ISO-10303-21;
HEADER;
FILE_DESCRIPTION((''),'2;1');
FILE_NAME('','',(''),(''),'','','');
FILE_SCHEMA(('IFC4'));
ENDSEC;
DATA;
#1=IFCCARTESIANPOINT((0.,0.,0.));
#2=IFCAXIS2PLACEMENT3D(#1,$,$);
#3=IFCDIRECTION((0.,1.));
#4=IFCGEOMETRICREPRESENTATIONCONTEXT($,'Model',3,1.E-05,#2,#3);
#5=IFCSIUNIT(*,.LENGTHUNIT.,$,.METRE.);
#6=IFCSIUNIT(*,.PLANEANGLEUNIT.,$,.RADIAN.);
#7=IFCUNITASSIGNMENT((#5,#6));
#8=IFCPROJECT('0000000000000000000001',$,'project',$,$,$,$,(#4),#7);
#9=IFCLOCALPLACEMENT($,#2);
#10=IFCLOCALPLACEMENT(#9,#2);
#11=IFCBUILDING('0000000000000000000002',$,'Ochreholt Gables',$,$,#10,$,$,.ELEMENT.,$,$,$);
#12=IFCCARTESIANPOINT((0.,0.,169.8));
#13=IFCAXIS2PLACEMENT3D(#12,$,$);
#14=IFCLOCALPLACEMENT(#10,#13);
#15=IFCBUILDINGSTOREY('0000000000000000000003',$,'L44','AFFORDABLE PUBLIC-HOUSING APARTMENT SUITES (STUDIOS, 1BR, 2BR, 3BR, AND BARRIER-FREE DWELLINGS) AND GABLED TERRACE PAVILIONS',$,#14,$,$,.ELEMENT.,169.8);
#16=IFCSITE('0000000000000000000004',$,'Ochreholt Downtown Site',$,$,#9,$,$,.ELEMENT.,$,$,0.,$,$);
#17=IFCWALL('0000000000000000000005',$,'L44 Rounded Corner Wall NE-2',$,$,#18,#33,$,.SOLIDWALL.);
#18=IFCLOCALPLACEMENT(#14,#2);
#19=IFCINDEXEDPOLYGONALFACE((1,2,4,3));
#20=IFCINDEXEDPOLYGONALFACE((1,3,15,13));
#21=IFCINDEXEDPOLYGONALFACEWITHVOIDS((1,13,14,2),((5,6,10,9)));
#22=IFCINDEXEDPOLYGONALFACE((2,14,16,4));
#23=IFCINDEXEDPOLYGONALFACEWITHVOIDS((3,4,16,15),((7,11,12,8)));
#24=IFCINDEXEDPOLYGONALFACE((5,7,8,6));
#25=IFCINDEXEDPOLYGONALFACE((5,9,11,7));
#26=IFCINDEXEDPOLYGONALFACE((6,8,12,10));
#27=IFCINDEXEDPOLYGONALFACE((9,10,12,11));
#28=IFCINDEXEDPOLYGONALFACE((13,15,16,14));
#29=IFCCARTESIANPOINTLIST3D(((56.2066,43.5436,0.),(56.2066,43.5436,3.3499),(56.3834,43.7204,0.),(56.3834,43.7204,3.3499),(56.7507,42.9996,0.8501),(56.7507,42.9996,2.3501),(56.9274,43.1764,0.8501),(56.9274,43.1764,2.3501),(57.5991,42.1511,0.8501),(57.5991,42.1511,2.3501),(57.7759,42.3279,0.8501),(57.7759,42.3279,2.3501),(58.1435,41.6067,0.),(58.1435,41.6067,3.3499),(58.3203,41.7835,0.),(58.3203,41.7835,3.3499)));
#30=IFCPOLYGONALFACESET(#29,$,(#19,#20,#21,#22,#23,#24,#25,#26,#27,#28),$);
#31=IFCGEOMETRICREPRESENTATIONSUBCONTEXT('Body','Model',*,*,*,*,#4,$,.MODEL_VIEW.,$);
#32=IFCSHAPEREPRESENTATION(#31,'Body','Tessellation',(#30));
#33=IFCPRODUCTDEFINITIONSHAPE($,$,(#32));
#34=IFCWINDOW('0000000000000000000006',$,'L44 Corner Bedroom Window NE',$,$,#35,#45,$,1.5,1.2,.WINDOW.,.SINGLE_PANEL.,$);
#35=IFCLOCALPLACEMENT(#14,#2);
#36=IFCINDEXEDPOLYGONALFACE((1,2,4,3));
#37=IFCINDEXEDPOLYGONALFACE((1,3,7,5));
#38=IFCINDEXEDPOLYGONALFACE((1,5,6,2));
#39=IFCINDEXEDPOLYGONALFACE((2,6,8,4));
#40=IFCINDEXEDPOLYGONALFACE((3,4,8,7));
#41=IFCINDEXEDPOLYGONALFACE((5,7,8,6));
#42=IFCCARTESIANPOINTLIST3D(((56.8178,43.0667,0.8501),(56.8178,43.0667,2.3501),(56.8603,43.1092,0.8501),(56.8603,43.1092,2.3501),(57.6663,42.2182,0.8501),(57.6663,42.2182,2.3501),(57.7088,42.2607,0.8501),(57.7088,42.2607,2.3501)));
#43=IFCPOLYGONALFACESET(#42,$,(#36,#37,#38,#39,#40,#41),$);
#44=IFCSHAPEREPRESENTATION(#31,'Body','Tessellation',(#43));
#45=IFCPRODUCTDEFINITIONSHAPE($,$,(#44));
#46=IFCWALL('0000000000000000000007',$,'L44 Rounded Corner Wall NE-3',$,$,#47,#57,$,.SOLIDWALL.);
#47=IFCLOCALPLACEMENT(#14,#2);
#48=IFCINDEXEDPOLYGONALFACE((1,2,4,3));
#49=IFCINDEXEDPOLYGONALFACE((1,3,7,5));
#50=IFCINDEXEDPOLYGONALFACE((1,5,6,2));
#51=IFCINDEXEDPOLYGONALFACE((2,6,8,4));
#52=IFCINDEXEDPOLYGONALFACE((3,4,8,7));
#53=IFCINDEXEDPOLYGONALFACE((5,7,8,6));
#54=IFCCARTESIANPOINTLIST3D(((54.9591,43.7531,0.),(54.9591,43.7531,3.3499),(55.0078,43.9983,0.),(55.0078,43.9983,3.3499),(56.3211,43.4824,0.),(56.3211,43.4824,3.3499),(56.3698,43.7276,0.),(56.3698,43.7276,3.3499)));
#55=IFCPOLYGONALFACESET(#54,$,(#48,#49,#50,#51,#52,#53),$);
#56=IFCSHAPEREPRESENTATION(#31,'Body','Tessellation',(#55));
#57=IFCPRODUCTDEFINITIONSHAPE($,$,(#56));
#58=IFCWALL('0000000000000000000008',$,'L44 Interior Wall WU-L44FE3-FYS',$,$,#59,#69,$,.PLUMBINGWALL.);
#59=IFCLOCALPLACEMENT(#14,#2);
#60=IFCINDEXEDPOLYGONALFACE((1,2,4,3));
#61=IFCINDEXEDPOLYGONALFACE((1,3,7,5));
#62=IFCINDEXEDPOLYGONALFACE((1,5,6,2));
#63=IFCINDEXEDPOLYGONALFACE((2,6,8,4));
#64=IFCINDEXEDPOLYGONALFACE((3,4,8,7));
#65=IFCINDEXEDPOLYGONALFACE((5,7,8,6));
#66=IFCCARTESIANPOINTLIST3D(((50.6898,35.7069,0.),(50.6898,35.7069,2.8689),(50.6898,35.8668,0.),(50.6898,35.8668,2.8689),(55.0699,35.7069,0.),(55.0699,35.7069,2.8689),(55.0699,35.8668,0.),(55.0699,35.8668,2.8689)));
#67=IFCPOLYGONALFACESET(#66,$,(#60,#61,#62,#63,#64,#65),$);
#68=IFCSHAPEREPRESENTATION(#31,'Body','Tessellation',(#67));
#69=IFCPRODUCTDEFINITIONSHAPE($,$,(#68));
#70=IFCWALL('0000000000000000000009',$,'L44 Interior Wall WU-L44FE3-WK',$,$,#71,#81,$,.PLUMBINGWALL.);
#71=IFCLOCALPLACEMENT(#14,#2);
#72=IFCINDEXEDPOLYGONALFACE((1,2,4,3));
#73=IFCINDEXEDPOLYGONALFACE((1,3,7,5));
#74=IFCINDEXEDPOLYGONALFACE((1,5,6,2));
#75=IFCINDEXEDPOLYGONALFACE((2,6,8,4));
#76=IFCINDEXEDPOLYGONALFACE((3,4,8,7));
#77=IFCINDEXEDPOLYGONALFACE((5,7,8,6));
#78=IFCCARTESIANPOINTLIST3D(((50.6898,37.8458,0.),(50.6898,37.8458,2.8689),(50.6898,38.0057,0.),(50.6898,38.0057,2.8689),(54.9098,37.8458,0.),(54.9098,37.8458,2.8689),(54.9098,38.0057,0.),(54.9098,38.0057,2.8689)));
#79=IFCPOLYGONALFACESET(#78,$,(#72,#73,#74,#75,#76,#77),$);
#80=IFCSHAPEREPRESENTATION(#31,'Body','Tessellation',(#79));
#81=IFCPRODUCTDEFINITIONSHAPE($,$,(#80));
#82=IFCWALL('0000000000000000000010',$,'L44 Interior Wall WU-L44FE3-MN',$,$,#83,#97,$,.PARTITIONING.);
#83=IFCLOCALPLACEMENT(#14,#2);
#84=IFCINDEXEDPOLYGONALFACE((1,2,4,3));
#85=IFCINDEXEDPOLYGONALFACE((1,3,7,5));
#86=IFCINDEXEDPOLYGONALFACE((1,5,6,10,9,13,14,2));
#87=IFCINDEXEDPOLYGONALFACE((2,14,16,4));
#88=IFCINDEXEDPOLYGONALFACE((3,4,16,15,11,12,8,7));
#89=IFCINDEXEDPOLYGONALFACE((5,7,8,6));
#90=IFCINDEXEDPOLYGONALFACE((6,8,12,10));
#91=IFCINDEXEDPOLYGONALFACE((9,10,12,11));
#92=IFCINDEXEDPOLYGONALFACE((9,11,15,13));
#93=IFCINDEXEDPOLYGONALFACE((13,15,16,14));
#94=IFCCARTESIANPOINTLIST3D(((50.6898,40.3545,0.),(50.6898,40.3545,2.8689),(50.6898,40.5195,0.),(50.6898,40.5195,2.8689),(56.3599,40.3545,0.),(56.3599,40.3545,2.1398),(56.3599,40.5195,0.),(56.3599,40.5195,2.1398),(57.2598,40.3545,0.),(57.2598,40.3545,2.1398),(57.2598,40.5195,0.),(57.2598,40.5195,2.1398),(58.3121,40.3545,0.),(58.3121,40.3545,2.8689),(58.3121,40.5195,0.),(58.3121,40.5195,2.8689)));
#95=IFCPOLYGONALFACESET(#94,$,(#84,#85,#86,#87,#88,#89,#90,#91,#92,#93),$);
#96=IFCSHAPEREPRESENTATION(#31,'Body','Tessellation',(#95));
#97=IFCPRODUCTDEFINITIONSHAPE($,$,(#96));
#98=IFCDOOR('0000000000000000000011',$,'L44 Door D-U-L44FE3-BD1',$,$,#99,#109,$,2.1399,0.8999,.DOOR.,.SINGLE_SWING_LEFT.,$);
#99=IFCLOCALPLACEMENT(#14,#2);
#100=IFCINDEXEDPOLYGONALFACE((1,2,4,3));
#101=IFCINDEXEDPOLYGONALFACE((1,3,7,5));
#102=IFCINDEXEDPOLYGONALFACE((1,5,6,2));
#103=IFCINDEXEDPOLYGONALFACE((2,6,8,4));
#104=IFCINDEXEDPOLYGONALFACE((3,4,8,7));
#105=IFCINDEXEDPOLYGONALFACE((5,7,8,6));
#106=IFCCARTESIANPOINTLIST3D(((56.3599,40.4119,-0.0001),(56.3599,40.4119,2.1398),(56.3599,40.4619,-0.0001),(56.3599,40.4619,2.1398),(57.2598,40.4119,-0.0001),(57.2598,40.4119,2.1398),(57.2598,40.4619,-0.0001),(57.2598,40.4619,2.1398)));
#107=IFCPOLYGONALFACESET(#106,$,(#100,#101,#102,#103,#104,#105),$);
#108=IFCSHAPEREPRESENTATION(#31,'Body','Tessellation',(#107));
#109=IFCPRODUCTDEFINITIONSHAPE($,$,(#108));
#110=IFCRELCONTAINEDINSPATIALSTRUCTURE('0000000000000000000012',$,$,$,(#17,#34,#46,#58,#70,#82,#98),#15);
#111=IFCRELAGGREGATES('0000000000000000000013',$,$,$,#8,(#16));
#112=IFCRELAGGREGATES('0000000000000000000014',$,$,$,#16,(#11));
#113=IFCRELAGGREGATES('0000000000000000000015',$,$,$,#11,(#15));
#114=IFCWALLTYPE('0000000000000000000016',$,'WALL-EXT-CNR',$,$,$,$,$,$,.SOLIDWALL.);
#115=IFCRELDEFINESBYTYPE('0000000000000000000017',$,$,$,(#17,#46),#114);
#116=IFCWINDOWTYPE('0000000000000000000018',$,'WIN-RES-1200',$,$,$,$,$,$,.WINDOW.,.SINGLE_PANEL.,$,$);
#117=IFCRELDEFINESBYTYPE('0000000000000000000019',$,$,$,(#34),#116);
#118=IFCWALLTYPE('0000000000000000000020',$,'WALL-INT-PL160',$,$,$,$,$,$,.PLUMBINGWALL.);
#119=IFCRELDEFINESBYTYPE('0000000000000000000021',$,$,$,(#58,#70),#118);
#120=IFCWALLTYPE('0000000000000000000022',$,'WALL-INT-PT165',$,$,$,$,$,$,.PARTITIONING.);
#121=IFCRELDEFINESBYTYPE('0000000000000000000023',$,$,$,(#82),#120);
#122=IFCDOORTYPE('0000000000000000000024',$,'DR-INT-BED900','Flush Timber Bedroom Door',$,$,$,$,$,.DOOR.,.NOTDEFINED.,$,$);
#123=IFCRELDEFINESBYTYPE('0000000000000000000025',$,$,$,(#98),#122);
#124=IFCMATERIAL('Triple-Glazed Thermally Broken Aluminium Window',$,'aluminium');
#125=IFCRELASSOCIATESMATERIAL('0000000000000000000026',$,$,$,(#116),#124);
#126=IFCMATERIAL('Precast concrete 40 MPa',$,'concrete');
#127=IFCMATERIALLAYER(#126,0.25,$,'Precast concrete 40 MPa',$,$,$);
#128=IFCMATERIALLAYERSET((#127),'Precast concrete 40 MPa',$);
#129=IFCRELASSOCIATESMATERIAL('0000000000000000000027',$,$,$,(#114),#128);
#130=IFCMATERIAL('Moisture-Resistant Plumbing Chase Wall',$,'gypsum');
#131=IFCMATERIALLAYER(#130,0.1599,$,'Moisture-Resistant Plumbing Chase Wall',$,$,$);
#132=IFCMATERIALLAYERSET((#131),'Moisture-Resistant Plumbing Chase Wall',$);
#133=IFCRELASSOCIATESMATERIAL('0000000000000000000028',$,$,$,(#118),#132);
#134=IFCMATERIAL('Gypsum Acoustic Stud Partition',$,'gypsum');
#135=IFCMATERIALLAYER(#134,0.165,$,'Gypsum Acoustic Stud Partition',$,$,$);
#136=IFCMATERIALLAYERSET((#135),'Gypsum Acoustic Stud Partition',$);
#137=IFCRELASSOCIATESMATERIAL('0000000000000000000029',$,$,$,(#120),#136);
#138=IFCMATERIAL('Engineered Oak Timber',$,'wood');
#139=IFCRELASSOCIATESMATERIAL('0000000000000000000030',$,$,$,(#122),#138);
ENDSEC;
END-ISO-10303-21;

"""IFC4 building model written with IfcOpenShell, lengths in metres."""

from ifc_helpers import new_model, si_unit, direction, frame, frame_2d, origin, place, context, subcontext, project, spatial, rectangle, extrude, material, layer, layer_set, type_object, element, fill, save


model = new_model("IFC4")

# Units and contexts
model_context = context("Model", 3, precision=1e-05, world=origin(), true_north=direction((0.0, 1.0)))
body_context = subcontext(model_context, "Body", "Model", "MODEL_VIEW")
ifc_project = project(units=[si_unit("LENGTHUNIT", "METRE"), si_unit("PLANEANGLEUNIT", "RADIAN")], contexts=[model_context])

# Site, building, storey
site_placement = place(None, origin())
site = spatial("IfcSite", under=ifc_project, at=site_placement, Name="Ochreholt Downtown Site", CompositionType="ELEMENT", RefElevation=0.0)
building_placement = place(site_placement, origin())
building = spatial("IfcBuilding", under=site, at=building_placement, Name="Ochreholt Gables", CompositionType="ELEMENT")
storey_placement = place(building_placement, frame((0.0, 0.0, 169.8)))
storey = spatial("IfcBuildingStorey", under=building, at=storey_placement, Name="L44", Description="AFFORDABLE PUBLIC-HOUSING APARTMENT SUITES (STUDIOS, 1BR, 2BR, 3BR, AND BARRIER-FREE DWELLINGS) AND GABLED TERRACE PAVILIONS", CompositionType="ELEMENT", Elevation=169.8)

# Shared definitions
ifc_material_1 = material(Name="Precast concrete 40 MPa", Category="concrete")
ifc_material_2 = material(Name="Triple-Glazed Thermally Broken Aluminium Window", Category="aluminium")
window_type_1 = type_object("IfcWindowType", Name="WIN-RES-1200", PartitioningType="SINGLE_PANEL", PredefinedType="WINDOW", material=ifc_material_2)

# Shared definitions
ifc_layer_1 = layer(ifc_material_1, 0.25, Name="Precast concrete 40 MPa")
ifc_layer_set_1 = layer_set([ifc_layer_1], Name="Precast concrete 40 MPa")
wall_type_1 = type_object("IfcWallType", Name="WALL-EXT-CNR", PredefinedType="SOLIDWALL", material=ifc_layer_set_1)

# Wall, opening, window
wall_1_placement = place(storey_placement, frame((58.2319, 41.6951, 0.0), z_axis=(0.0, 0.0, 1.0), x_axis=(-0.707107, 0.707107, 0.0)))
wall_1 = element("IfcWall", 1, at=wall_1_placement, inside=storey, type_object=wall_type_1, Name="L44 Rounded Corner Wall NE-2", PredefinedType="SOLIDWALL", context=body_context, shape_type="SweptSolid", body=[
    extrude(rectangle(XDim=2.7393, YDim=0.25, at=frame_2d((1.3696, 0.0))), origin(), (0.0, 0.0, 1.0), 3.3499),
])
opening_1_placement = place(wall_1_placement, frame((0.7698, 0.0, 0.8501)))
opening_1 = element("IfcOpeningElement", 2, at=opening_1_placement, cuts=wall_1, PredefinedType="OPENING", context=body_context, shape_type="SweptSolid", body=[
    extrude(rectangle(XDim=1.2, YDim=1.5, at=frame_2d((0.6001, 0.75))), frame((0.0, 0.135, 0.0), z_axis=(0.0, -1.0, 0.0), x_axis=(1.0, 0.0, 0.0)), (0.0, 0.0, 1.0), 0.27),
])
window_1_placement = place(opening_1_placement, origin())
window_1 = element("IfcWindow", 3, at=window_1_placement, inside=storey, type_object=window_type_1, Name="L44 Corner Bedroom Window NE", OverallHeight=1.5, OverallWidth=1.2, PartitioningType="SINGLE_PANEL", PredefinedType="WINDOW", context=body_context, shape_type="SweptSolid", body=[
    extrude(rectangle(XDim=1.2, YDim=1.5, at=frame_2d((0.6001, 0.75))), frame((0.0, 0.03, 0.0), z_axis=(0.0, -1.0, 0.0), x_axis=(1.0, 0.0, 0.0)), (0.0, 0.0, 1.0), 0.0601),
])
fill(opening_1, window_1)

# Walls
wall_2_placement = place(storey_placement, frame((56.3455, 43.605, 0.0), z_axis=(0.0, 0.0, 1.0), x_axis=(-0.98081, 0.194967, 0.0)))
element("IfcWall", 4, at=wall_2_placement, inside=storey, type_object=wall_type_1, Name="L44 Rounded Corner Wall NE-3", PredefinedType="SOLIDWALL", context=body_context, shape_type="SweptSolid", body=[
    extrude(rectangle(XDim=1.3887, YDim=0.25, at=frame_2d((0.6943, 0.0))), origin(), (0.0, 0.0, 1.0), 3.3499),
])
ifc_material_3 = material(Name="Moisture-Resistant Plumbing Chase Wall", Category="gypsum")
ifc_layer_2 = layer(ifc_material_3, 0.1599, Name="Moisture-Resistant Plumbing Chase Wall")
ifc_layer_set_2 = layer_set([ifc_layer_2], Name="Moisture-Resistant Plumbing Chase Wall")
wall_type_2 = type_object("IfcWallType", Name="WALL-INT-PL160", PredefinedType="PLUMBINGWALL", material=ifc_layer_set_2)
wall_3_placement = place(storey_placement, frame((50.6899, 35.7869, 0.0), z_axis=(0.0, 0.0, 1.0), x_axis=(1.0, 0.0, 0.0)))
element("IfcWall", 5, at=wall_3_placement, inside=storey, type_object=wall_type_2, Name="L44 Interior Wall WU-L44FE3-FYS", PredefinedType="PLUMBINGWALL", context=body_context, shape_type="SweptSolid", body=[
    extrude(rectangle(XDim=4.3801, YDim=0.1599, at=frame_2d((2.1899, 0.0))), origin(), (0.0, 0.0, 1.0), 2.8689),
])

# Shared definitions
ifc_material_4 = material(Name="Engineered Oak Timber", Category="wood")

# Wall
wall_4_placement = place(storey_placement, frame((50.6899, 37.9258, 0.0), z_axis=(0.0, 0.0, 1.0), x_axis=(1.0, 0.0, 0.0)))
element("IfcWall", 6, at=wall_4_placement, inside=storey, type_object=wall_type_2, Name="L44 Interior Wall WU-L44FE3-WK", PredefinedType="PLUMBINGWALL", context=body_context, shape_type="SweptSolid", body=[
    extrude(rectangle(XDim=4.22, YDim=0.1599, at=frame_2d((2.1099, 0.0))), origin(), (0.0, 0.0, 1.0), 2.8689),
])

# Wall, opening, door
ifc_material_5 = material(Name="Gypsum Acoustic Stud Partition", Category="gypsum")
ifc_layer_3 = layer(ifc_material_5, 0.165, Name="Gypsum Acoustic Stud Partition")
ifc_layer_set_3 = layer_set([ifc_layer_3], Name="Gypsum Acoustic Stud Partition")
wall_type_3 = type_object("IfcWallType", Name="WALL-INT-PT165", PredefinedType="PARTITIONING", material=ifc_layer_set_3)
wall_5_placement = place(storey_placement, frame((50.6899, 40.437, 0.0), z_axis=(0.0, 0.0, 1.0), x_axis=(1.0, 0.0, 0.0)))
wall_5 = element("IfcWall", 7, at=wall_5_placement, inside=storey, type_object=wall_type_3, Name="L44 Interior Wall WU-L44FE3-MN", PredefinedType="PARTITIONING", context=body_context, shape_type="SweptSolid", body=[
    extrude(rectangle(XDim=7.6223, YDim=0.165, at=frame_2d((3.811, 0.0))), origin(), (0.0, 0.0, 1.0), 2.8689),
])
opening_2_placement = place(wall_5_placement, frame((5.6699, 0.0, 0.0)))
opening_2 = element("IfcOpeningElement", 8, at=opening_2_placement, cuts=wall_5, PredefinedType="OPENING", context=body_context, shape_type="SweptSolid", body=[
    extrude(rectangle(XDim=0.8999, YDim=2.1399, at=frame_2d((0.45, 1.0698))), frame((0.0, 0.0925, 0.0), z_axis=(0.0, -1.0, 0.0), x_axis=(1.0, 0.0, 0.0)), (0.0, 0.0, 1.0), 0.1851),
])
door_type_1 = type_object("IfcDoorType", Name="DR-INT-BED900", Description="Flush Timber Bedroom Door", OperationType="NOTDEFINED", PredefinedType="DOOR", material=ifc_material_4)
door_1_placement = place(opening_2_placement, origin())
door_1 = element("IfcDoor", 9, at=door_1_placement, inside=storey, type_object=door_type_1, Name="L44 Door D-U-L44FE3-BD1", OperationType="SINGLE_SWING_LEFT", OverallHeight=2.1399, OverallWidth=0.8999, PredefinedType="DOOR", context=body_context, shape_type="SweptSolid", body=[
    extrude(rectangle(XDim=0.8999, YDim=2.1399, at=frame_2d((0.45, 1.0698))), frame((0.0, 0.0249, 0.0), z_axis=(0.0, -1.0, 0.0), x_axis=(1.0, 0.0, 0.0)), (0.0, 0.0, 1.0), 0.05),
])
fill(opening_2, door_1)

save(model, "model.ifc")
